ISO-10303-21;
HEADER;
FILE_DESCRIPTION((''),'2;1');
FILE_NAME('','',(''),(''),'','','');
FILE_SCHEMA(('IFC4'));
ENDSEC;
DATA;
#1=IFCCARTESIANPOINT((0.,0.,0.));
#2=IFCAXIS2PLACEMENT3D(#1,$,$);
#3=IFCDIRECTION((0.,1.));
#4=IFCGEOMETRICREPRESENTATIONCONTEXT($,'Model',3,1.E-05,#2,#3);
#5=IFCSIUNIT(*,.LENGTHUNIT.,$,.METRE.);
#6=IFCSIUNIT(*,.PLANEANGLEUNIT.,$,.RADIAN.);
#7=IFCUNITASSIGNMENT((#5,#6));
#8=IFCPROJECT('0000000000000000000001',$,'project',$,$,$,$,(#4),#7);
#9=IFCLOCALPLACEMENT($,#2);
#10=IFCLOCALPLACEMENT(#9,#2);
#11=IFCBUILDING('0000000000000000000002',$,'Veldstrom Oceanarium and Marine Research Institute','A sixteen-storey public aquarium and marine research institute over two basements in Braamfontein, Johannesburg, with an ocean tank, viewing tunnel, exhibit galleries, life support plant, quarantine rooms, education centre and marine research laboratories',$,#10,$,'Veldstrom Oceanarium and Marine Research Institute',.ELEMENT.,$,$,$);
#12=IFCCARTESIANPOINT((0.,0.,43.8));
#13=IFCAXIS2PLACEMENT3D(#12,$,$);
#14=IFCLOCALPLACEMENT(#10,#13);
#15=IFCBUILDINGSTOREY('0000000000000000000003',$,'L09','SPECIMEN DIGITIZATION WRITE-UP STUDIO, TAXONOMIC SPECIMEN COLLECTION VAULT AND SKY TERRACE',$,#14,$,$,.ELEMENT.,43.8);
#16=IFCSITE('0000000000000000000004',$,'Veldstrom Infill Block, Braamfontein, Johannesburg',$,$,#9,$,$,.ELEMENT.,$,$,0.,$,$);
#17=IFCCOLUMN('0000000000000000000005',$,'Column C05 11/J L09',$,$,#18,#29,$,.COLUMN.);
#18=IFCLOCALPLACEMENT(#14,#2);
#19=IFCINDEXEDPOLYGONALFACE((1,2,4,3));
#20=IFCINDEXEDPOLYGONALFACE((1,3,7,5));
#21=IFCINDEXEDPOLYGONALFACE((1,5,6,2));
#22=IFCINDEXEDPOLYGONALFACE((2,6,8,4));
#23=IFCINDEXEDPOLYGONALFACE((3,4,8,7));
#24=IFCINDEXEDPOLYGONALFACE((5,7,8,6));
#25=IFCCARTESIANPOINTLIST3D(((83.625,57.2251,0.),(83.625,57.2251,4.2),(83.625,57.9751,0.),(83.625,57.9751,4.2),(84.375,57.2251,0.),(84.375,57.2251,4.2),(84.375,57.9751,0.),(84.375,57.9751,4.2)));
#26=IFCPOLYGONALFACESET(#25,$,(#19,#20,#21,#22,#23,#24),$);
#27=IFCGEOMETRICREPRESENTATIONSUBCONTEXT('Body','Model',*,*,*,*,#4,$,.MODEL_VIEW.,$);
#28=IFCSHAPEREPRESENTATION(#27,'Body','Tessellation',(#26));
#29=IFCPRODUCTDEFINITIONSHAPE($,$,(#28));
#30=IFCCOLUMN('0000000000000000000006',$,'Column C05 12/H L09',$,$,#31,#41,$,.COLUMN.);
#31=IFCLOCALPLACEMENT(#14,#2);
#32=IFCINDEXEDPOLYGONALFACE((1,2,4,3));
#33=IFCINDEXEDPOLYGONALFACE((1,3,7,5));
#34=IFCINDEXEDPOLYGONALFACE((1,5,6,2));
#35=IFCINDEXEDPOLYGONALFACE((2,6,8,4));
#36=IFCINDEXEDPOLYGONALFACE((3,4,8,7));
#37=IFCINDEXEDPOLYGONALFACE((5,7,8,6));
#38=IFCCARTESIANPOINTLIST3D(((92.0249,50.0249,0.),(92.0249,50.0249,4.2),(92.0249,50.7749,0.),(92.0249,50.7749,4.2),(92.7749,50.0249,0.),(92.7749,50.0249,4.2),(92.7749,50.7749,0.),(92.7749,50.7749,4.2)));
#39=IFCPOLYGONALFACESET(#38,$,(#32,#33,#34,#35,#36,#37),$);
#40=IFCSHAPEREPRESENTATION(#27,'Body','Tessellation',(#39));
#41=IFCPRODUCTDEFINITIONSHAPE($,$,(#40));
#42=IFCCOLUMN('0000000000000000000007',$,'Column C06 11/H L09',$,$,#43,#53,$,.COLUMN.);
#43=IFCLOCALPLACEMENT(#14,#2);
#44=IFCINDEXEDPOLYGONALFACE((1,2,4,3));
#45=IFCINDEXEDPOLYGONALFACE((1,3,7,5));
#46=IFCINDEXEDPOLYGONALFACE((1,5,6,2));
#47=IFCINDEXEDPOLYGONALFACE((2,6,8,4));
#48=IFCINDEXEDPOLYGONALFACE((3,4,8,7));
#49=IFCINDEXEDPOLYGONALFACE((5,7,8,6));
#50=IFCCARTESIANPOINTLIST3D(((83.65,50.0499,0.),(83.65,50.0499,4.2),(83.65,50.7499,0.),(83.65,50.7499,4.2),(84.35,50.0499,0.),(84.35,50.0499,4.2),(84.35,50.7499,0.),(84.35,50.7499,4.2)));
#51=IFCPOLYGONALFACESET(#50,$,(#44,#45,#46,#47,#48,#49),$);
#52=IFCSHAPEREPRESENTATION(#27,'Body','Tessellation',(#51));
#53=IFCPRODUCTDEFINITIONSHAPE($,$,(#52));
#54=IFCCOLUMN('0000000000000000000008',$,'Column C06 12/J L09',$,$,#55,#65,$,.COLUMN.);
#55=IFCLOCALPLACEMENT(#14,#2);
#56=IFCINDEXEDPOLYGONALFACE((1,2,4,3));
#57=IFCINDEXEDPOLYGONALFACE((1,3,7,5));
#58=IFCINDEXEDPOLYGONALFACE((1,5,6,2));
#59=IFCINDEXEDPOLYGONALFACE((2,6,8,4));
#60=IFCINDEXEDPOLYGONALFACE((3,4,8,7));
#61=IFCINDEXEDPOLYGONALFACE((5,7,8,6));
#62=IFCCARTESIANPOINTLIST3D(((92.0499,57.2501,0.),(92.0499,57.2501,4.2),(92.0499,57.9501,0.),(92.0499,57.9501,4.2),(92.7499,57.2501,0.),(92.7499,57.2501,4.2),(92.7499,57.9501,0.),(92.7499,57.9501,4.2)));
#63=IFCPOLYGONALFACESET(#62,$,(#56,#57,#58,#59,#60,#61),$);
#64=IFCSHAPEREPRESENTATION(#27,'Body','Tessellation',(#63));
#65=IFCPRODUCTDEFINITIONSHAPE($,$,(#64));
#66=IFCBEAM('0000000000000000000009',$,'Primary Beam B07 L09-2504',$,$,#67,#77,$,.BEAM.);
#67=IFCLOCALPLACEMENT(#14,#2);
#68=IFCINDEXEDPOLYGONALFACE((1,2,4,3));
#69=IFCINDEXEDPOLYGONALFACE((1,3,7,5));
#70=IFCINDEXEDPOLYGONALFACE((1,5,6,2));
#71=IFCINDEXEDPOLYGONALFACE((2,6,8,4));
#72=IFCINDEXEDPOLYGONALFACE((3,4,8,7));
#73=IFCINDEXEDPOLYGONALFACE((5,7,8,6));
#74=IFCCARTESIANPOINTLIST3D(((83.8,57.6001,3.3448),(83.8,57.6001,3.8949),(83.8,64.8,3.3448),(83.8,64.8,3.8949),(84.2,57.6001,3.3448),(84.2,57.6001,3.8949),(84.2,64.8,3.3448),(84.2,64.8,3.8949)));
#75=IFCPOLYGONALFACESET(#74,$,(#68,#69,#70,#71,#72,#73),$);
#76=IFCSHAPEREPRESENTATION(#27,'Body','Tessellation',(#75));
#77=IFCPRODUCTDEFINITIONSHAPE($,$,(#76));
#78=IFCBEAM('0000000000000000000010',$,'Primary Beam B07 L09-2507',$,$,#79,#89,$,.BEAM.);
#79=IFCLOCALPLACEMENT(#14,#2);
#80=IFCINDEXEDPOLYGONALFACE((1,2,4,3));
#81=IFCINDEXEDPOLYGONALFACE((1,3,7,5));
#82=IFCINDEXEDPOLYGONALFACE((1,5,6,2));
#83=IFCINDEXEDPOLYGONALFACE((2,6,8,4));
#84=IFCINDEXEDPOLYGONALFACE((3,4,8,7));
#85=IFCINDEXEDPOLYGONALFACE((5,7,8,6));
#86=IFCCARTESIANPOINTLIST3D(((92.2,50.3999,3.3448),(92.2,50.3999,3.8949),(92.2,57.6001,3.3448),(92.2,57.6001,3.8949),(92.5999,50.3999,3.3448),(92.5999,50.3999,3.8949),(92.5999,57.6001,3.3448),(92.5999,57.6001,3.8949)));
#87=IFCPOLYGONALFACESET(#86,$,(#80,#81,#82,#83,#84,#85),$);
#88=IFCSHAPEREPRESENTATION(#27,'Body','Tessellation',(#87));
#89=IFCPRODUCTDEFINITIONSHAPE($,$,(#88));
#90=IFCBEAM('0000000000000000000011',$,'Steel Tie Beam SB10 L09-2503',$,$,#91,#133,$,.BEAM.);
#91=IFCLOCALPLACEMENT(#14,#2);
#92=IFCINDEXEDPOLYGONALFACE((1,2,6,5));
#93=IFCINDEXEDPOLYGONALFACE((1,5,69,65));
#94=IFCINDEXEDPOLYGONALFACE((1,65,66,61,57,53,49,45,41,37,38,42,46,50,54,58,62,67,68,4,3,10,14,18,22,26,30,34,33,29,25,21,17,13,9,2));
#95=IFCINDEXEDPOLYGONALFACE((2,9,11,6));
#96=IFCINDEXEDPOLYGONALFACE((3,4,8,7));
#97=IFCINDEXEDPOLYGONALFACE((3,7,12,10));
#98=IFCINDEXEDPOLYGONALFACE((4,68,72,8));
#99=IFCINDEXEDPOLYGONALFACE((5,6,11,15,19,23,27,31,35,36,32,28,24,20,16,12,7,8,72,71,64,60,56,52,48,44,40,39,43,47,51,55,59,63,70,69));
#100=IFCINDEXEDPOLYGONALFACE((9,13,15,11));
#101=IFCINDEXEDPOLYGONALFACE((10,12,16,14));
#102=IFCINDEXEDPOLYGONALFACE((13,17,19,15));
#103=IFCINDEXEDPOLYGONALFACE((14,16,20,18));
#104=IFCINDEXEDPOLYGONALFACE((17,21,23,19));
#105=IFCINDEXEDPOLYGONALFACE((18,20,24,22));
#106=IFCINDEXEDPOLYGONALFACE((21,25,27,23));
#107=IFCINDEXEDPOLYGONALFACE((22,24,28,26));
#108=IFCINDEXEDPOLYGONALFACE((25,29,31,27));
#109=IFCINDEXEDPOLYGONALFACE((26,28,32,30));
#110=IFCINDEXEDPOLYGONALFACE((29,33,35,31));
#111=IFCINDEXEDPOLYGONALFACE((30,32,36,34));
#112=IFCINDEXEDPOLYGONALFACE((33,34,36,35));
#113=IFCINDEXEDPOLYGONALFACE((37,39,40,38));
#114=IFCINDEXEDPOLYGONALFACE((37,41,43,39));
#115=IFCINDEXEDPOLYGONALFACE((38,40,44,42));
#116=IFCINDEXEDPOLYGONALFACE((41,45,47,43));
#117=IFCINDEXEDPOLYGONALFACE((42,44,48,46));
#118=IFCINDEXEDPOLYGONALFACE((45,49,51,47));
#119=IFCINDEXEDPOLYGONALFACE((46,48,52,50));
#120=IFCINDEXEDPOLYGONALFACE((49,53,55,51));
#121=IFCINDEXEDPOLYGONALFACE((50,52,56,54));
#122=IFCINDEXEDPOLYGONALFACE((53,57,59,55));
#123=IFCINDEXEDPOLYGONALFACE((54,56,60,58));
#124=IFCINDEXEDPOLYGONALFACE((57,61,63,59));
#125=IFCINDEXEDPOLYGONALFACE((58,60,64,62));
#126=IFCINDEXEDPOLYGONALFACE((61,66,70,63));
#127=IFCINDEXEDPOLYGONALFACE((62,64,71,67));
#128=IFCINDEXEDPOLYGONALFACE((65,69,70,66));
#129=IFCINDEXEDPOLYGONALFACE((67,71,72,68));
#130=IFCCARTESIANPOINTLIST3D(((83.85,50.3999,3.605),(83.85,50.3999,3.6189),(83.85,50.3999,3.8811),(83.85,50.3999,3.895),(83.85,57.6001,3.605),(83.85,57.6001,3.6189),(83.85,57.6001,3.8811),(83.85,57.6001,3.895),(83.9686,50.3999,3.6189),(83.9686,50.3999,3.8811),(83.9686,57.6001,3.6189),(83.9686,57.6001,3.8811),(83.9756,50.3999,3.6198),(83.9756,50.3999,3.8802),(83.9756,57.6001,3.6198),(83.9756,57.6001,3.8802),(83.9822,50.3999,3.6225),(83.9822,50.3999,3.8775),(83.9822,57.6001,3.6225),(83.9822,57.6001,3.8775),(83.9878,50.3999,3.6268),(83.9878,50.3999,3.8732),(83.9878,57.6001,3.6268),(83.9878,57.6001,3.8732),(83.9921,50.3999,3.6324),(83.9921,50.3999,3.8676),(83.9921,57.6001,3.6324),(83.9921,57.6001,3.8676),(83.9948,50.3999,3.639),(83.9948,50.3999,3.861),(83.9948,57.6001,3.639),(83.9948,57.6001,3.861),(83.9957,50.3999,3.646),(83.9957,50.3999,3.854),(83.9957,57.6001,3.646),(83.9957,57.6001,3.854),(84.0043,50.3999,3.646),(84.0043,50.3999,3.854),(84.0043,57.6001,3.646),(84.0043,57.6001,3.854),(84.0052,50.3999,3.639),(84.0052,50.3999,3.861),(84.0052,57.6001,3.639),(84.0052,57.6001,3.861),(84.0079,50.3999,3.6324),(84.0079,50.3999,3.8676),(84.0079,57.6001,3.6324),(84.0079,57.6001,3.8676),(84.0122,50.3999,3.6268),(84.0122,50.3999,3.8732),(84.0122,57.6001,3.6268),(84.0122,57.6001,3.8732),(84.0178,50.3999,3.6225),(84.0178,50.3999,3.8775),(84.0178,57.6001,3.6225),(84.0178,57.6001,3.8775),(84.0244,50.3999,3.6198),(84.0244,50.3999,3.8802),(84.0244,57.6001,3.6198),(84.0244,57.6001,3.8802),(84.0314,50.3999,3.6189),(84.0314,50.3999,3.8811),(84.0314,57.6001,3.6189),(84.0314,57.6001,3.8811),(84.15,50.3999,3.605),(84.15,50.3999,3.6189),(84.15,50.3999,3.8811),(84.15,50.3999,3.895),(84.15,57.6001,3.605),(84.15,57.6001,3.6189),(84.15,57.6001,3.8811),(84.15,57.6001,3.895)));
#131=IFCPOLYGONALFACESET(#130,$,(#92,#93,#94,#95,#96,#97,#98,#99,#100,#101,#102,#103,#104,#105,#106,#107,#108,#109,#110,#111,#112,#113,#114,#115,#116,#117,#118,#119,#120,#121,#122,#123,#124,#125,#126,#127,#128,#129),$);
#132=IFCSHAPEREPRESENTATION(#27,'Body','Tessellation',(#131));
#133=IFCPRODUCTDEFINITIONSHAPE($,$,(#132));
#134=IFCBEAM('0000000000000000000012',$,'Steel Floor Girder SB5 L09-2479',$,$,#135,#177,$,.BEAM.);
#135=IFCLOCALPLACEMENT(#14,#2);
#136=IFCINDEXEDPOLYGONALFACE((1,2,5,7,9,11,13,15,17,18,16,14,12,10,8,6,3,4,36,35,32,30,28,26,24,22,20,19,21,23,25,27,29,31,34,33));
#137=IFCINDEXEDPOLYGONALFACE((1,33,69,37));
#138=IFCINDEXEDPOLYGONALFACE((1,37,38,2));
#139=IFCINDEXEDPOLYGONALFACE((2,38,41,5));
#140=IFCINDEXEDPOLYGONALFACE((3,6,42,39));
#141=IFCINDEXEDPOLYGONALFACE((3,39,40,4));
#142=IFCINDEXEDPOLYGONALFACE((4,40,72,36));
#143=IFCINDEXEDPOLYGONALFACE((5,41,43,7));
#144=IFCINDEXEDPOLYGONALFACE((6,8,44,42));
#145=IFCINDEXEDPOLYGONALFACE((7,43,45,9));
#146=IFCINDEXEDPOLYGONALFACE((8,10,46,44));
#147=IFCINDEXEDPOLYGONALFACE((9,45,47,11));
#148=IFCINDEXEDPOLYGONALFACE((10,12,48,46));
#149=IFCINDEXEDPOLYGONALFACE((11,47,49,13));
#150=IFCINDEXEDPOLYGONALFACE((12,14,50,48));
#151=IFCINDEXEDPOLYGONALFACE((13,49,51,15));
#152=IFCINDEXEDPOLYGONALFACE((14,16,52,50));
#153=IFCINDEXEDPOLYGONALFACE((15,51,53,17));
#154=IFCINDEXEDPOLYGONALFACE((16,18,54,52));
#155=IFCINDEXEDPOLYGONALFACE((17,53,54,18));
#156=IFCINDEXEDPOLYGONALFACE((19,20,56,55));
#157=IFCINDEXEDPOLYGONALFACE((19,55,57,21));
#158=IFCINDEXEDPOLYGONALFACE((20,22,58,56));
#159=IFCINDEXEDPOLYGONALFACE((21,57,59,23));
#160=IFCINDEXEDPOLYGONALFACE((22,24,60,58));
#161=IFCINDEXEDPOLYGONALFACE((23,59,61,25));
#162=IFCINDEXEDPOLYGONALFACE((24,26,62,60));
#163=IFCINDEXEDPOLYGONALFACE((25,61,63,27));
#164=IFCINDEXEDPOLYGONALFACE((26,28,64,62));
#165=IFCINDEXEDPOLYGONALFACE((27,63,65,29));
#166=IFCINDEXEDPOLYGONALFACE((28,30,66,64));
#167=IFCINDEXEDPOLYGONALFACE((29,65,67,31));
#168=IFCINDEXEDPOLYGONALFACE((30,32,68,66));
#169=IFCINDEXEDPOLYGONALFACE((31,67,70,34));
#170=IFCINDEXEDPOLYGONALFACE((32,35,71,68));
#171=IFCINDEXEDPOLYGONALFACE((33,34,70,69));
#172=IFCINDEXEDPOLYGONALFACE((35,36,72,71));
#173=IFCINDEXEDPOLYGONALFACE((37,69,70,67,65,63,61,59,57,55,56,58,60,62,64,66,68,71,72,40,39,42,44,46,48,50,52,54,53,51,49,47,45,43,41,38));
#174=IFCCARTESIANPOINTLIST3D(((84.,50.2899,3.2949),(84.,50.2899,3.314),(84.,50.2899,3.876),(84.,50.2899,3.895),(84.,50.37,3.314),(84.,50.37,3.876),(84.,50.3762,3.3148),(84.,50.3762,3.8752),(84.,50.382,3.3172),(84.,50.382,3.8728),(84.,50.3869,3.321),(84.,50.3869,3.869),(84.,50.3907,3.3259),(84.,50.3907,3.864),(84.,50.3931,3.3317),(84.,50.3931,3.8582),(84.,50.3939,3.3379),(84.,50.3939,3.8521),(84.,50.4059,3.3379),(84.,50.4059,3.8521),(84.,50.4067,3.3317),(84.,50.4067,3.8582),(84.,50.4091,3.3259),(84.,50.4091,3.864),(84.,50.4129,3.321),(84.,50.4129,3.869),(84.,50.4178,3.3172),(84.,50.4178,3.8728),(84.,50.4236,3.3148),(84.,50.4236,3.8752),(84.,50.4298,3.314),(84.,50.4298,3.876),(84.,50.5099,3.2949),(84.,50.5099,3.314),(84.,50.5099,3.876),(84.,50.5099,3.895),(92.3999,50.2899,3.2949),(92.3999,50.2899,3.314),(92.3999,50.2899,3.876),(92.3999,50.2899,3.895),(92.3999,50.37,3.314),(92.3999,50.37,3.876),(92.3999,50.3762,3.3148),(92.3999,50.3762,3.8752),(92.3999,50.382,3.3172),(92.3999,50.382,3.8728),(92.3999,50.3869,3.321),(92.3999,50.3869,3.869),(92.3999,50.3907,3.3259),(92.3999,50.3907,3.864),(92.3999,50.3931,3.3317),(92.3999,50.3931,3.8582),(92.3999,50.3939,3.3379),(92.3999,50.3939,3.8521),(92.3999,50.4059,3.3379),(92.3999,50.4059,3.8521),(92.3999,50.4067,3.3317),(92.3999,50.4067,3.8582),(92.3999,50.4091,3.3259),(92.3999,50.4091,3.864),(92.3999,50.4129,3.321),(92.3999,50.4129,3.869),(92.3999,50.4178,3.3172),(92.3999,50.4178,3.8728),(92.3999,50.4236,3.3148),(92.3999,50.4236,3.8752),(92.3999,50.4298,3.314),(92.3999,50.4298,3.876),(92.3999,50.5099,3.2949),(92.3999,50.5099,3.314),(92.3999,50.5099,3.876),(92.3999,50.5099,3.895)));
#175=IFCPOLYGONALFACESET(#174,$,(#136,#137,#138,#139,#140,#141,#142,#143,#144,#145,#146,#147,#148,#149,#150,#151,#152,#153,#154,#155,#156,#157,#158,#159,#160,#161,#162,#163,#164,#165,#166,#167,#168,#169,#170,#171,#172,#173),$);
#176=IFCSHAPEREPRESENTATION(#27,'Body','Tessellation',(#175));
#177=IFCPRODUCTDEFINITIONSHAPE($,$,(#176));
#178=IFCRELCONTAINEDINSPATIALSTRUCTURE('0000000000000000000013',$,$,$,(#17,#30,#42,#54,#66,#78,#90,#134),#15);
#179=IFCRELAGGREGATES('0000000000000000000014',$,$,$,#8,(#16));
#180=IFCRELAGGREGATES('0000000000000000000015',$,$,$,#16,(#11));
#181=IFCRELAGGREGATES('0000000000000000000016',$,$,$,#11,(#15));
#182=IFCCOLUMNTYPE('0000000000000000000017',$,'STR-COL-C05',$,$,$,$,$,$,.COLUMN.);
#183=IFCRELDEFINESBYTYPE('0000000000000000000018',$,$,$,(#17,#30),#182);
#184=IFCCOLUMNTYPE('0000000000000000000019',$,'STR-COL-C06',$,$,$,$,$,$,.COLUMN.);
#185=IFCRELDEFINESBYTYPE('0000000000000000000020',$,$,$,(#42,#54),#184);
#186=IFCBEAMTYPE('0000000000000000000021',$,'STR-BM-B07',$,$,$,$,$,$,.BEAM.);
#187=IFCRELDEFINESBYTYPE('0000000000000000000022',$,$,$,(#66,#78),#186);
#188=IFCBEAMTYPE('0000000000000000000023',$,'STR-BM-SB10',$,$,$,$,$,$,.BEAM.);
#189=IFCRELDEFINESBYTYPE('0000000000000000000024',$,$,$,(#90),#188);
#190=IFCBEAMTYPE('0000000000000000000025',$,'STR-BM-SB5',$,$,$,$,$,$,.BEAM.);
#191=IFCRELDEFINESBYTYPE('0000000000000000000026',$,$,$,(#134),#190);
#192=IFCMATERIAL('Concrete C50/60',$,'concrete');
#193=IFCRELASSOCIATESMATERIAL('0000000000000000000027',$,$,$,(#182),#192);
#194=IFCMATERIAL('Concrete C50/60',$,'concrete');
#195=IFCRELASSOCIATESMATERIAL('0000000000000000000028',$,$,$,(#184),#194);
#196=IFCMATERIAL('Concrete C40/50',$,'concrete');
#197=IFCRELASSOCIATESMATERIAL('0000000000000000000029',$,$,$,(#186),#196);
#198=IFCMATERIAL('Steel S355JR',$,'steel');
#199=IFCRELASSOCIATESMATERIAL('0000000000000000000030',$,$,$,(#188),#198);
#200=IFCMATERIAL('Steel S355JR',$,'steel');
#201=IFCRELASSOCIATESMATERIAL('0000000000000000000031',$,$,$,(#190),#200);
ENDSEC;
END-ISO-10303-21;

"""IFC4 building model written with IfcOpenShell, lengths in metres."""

from ifc_helpers import new_model, si_unit, direction, frame, origin, origin_2d, place, context, subcontext, project, spatial, rectangle, i_section, extrude, material, material_profile, profile_set, type_object, element, save


model = new_model("IFC4")

# Units and contexts
model_context = context("Model", 3, precision=1e-05, world=origin(), true_north=direction((0.0, 1.0)))
body_context = subcontext(model_context, "Body", "Model", "MODEL_VIEW")
ifc_project = project(units=[si_unit("LENGTHUNIT", "METRE"), si_unit("PLANEANGLEUNIT", "RADIAN")], contexts=[model_context])

# Site, building, storey
site_placement = place(None, origin())
site = spatial("IfcSite", under=ifc_project, at=site_placement, Name="Veldstrom Infill Block, Braamfontein, Johannesburg", CompositionType="ELEMENT", RefElevation=0.0)
building_placement = place(site_placement, origin())
building = spatial("IfcBuilding", under=site, at=building_placement, Name="Veldstrom Oceanarium and Marine Research Institute", Description="A sixteen-storey public aquarium and marine research institute over two basements in Braamfontein, Johannesburg, with an ocean tank, viewing tunnel, exhibit galleries, life support plant, quarantine rooms, education centre and marine research laboratories", LongName="Veldstrom Oceanarium and Marine Research Institute", CompositionType="ELEMENT")
storey_placement = place(building_placement, frame((0.0, 0.0, 43.8)))
storey = spatial("IfcBuildingStorey", under=building, at=storey_placement, Name="L09", Description="SPECIMEN DIGITIZATION WRITE-UP STUDIO, TAXONOMIC SPECIMEN COLLECTION VAULT AND SKY TERRACE", CompositionType="ELEMENT", Elevation=43.8)

# Columns
ifc_material_1 = material(Name="Concrete C50/60", Category="concrete")
ifc_material_profile_1 = material_profile(ifc_material_1, rectangle(XDim=0.75, YDim=0.75, at=origin_2d()), Name="RC-COL-750x750")
ifc_profile_set_1 = profile_set([ifc_material_profile_1], Name="Concrete C50/60")
column_type_1 = type_object("IfcColumnType", Name="STR-COL-C05", PredefinedType="COLUMN", material=ifc_profile_set_1)
for number, where, z_axis, x_axis, name in (
    (1, (84.0, 57.6001, 0.0), (0.0, 0.0, 1.0), (1.0, 0.0, 0.0), "Column C05 11/J L09"),
    (2, (92.3999, 50.3999, 0.0), (0.0, 0.0, 1.0), (1.0, 0.0, 0.0), "Column C05 12/H L09"),
):
    element("IfcColumn", number, at=place(storey_placement, frame(where, z_axis=z_axis, x_axis=x_axis)), inside=storey, type_object=column_type_1, Name=name, PredefinedType="COLUMN", context=body_context, shape_type="SweptSolid", body=[
        extrude(rectangle(XDim=0.75, YDim=0.75, at=origin_2d()), origin(), (0.0, 0.0, 1.0), 4.2),
    ])
ifc_material_2 = material(Name="Concrete C50/60", Category="concrete")
ifc_material_profile_2 = material_profile(ifc_material_2, rectangle(XDim=0.7, YDim=0.7, at=origin_2d()), Name="RC-COL-700x700")
ifc_profile_set_2 = profile_set([ifc_material_profile_2], Name="Concrete C50/60")
column_type_2 = type_object("IfcColumnType", Name="STR-COL-C06", PredefinedType="COLUMN", material=ifc_profile_set_2)
for number, where, z_axis, x_axis, name in (
    (3, (84.0, 50.3999, 0.0), (0.0, 0.0, 1.0), (1.0, 0.0, 0.0), "Column C06 11/H L09"),
    (4, (92.3999, 57.6001, 0.0), (0.0, 0.0, 1.0), (1.0, 0.0, 0.0), "Column C06 12/J L09"),
):
    element("IfcColumn", number, at=place(storey_placement, frame(where, z_axis=z_axis, x_axis=x_axis)), inside=storey, type_object=column_type_2, Name=name, PredefinedType="COLUMN", context=body_context, shape_type="SweptSolid", body=[
        extrude(rectangle(XDim=0.7, YDim=0.7, at=origin_2d()), origin(), (0.0, 0.0, 1.0), 4.2),
    ])

# Beams
ifc_material_3 = material(Name="Concrete C40/50", Category="concrete")
ifc_material_profile_3 = material_profile(ifc_material_3, rectangle(XDim=0.3999, YDim=0.55, at=origin_2d()), Name="RC-BM-400x550")
ifc_profile_set_3 = profile_set([ifc_material_profile_3], Name="Concrete C40/50")
beam_type_1 = type_object("IfcBeamType", Name="STR-BM-B07", PredefinedType="BEAM", material=ifc_profile_set_3)
beam_1_placement = place(storey_placement, frame((84.0, 57.6001, 3.6199), z_axis=(0.0, 1.0, 0.0), x_axis=(-1.0, 0.0, 0.0)))
element("IfcBeam", 5, at=beam_1_placement, inside=storey, type_object=beam_type_1, Name="Primary Beam B07 L09-2504", PredefinedType="BEAM", context=body_context, shape_type="SweptSolid", body=[
    extrude(rectangle(XDim=0.3999, YDim=0.55, at=origin_2d()), origin(), (0.0, 0.0, 1.0), 7.2),
])
beam_2_placement = place(storey_placement, frame((92.3999, 50.3999, 3.6199), z_axis=(0.0, 1.0, 0.0), x_axis=(-1.0, 0.0, 0.0)))
element("IfcBeam", 6, at=beam_2_placement, inside=storey, type_object=beam_type_1, Name="Primary Beam B07 L09-2507", PredefinedType="BEAM", context=body_context, shape_type="SweptSolid", body=[
    extrude(rectangle(XDim=0.3999, YDim=0.55, at=origin_2d()), origin(), (0.0, 0.0, 1.0), 7.2002),
])
ifc_material_4 = material(Name="Steel S355JR", Category="steel")
ifc_material_profile_4 = material_profile(ifc_material_4, i_section(OverallWidth=0.3, OverallDepth=0.29, WebThickness=0.0085, FlangeThickness=0.0139, FilletRadius=0.0271, at=origin_2d()), Name="HEA 300")
ifc_profile_set_4 = profile_set([ifc_material_profile_4], Name="Steel S355JR")
beam_type_2 = type_object("IfcBeamType", Name="STR-BM-SB10", PredefinedType="BEAM", material=ifc_profile_set_4)
beam_3_placement = place(storey_placement, frame((84.0, 50.3999, 3.75), z_axis=(0.0, 1.0, 0.0), x_axis=(-1.0, 0.0, 0.0)))
element("IfcBeam", 7, at=beam_3_placement, inside=storey, type_object=beam_type_2, Name="Steel Tie Beam SB10 L09-2503", PredefinedType="BEAM", context=body_context, shape_type="SweptSolid", body=[
    extrude(i_section(OverallWidth=0.3, OverallDepth=0.29, WebThickness=0.0085, FlangeThickness=0.0139, FilletRadius=0.0271, at=origin_2d()), origin(), (0.0, 0.0, 1.0), 7.2002),
])
ifc_material_5 = material(Name="Steel S355JR", Category="steel")
ifc_material_profile_5 = material_profile(ifc_material_5, i_section(OverallWidth=0.22, OverallDepth=0.6001, WebThickness=0.012, FlangeThickness=0.019, FilletRadius=0.0239, at=origin_2d()), Name="IPE 600")
ifc_profile_set_5 = profile_set([ifc_material_profile_5], Name="Steel S355JR")
beam_type_3 = type_object("IfcBeamType", Name="STR-BM-SB5", PredefinedType="BEAM", material=ifc_profile_set_5)
for number, where, z_axis, x_axis, name in (
    (8, (84.0, 50.3999, 3.595), (1.0, 0.0, 0.0), (0.0, 1.0, 0.0), "Steel Floor Girder SB5 L09-2479"),
):
    element("IfcBeam", number, at=place(storey_placement, frame(where, z_axis=z_axis, x_axis=x_axis)), inside=storey, type_object=beam_type_3, Name=name, PredefinedType="BEAM", context=body_context, shape_type="SweptSolid", body=[
        extrude(i_section(OverallWidth=0.22, OverallDepth=0.6001, WebThickness=0.012, FlangeThickness=0.019, FilletRadius=0.0239, at=origin_2d()), origin(), (0.0, 0.0, 1.0), 8.3999),
    ])

save(model, "model.ifc")
